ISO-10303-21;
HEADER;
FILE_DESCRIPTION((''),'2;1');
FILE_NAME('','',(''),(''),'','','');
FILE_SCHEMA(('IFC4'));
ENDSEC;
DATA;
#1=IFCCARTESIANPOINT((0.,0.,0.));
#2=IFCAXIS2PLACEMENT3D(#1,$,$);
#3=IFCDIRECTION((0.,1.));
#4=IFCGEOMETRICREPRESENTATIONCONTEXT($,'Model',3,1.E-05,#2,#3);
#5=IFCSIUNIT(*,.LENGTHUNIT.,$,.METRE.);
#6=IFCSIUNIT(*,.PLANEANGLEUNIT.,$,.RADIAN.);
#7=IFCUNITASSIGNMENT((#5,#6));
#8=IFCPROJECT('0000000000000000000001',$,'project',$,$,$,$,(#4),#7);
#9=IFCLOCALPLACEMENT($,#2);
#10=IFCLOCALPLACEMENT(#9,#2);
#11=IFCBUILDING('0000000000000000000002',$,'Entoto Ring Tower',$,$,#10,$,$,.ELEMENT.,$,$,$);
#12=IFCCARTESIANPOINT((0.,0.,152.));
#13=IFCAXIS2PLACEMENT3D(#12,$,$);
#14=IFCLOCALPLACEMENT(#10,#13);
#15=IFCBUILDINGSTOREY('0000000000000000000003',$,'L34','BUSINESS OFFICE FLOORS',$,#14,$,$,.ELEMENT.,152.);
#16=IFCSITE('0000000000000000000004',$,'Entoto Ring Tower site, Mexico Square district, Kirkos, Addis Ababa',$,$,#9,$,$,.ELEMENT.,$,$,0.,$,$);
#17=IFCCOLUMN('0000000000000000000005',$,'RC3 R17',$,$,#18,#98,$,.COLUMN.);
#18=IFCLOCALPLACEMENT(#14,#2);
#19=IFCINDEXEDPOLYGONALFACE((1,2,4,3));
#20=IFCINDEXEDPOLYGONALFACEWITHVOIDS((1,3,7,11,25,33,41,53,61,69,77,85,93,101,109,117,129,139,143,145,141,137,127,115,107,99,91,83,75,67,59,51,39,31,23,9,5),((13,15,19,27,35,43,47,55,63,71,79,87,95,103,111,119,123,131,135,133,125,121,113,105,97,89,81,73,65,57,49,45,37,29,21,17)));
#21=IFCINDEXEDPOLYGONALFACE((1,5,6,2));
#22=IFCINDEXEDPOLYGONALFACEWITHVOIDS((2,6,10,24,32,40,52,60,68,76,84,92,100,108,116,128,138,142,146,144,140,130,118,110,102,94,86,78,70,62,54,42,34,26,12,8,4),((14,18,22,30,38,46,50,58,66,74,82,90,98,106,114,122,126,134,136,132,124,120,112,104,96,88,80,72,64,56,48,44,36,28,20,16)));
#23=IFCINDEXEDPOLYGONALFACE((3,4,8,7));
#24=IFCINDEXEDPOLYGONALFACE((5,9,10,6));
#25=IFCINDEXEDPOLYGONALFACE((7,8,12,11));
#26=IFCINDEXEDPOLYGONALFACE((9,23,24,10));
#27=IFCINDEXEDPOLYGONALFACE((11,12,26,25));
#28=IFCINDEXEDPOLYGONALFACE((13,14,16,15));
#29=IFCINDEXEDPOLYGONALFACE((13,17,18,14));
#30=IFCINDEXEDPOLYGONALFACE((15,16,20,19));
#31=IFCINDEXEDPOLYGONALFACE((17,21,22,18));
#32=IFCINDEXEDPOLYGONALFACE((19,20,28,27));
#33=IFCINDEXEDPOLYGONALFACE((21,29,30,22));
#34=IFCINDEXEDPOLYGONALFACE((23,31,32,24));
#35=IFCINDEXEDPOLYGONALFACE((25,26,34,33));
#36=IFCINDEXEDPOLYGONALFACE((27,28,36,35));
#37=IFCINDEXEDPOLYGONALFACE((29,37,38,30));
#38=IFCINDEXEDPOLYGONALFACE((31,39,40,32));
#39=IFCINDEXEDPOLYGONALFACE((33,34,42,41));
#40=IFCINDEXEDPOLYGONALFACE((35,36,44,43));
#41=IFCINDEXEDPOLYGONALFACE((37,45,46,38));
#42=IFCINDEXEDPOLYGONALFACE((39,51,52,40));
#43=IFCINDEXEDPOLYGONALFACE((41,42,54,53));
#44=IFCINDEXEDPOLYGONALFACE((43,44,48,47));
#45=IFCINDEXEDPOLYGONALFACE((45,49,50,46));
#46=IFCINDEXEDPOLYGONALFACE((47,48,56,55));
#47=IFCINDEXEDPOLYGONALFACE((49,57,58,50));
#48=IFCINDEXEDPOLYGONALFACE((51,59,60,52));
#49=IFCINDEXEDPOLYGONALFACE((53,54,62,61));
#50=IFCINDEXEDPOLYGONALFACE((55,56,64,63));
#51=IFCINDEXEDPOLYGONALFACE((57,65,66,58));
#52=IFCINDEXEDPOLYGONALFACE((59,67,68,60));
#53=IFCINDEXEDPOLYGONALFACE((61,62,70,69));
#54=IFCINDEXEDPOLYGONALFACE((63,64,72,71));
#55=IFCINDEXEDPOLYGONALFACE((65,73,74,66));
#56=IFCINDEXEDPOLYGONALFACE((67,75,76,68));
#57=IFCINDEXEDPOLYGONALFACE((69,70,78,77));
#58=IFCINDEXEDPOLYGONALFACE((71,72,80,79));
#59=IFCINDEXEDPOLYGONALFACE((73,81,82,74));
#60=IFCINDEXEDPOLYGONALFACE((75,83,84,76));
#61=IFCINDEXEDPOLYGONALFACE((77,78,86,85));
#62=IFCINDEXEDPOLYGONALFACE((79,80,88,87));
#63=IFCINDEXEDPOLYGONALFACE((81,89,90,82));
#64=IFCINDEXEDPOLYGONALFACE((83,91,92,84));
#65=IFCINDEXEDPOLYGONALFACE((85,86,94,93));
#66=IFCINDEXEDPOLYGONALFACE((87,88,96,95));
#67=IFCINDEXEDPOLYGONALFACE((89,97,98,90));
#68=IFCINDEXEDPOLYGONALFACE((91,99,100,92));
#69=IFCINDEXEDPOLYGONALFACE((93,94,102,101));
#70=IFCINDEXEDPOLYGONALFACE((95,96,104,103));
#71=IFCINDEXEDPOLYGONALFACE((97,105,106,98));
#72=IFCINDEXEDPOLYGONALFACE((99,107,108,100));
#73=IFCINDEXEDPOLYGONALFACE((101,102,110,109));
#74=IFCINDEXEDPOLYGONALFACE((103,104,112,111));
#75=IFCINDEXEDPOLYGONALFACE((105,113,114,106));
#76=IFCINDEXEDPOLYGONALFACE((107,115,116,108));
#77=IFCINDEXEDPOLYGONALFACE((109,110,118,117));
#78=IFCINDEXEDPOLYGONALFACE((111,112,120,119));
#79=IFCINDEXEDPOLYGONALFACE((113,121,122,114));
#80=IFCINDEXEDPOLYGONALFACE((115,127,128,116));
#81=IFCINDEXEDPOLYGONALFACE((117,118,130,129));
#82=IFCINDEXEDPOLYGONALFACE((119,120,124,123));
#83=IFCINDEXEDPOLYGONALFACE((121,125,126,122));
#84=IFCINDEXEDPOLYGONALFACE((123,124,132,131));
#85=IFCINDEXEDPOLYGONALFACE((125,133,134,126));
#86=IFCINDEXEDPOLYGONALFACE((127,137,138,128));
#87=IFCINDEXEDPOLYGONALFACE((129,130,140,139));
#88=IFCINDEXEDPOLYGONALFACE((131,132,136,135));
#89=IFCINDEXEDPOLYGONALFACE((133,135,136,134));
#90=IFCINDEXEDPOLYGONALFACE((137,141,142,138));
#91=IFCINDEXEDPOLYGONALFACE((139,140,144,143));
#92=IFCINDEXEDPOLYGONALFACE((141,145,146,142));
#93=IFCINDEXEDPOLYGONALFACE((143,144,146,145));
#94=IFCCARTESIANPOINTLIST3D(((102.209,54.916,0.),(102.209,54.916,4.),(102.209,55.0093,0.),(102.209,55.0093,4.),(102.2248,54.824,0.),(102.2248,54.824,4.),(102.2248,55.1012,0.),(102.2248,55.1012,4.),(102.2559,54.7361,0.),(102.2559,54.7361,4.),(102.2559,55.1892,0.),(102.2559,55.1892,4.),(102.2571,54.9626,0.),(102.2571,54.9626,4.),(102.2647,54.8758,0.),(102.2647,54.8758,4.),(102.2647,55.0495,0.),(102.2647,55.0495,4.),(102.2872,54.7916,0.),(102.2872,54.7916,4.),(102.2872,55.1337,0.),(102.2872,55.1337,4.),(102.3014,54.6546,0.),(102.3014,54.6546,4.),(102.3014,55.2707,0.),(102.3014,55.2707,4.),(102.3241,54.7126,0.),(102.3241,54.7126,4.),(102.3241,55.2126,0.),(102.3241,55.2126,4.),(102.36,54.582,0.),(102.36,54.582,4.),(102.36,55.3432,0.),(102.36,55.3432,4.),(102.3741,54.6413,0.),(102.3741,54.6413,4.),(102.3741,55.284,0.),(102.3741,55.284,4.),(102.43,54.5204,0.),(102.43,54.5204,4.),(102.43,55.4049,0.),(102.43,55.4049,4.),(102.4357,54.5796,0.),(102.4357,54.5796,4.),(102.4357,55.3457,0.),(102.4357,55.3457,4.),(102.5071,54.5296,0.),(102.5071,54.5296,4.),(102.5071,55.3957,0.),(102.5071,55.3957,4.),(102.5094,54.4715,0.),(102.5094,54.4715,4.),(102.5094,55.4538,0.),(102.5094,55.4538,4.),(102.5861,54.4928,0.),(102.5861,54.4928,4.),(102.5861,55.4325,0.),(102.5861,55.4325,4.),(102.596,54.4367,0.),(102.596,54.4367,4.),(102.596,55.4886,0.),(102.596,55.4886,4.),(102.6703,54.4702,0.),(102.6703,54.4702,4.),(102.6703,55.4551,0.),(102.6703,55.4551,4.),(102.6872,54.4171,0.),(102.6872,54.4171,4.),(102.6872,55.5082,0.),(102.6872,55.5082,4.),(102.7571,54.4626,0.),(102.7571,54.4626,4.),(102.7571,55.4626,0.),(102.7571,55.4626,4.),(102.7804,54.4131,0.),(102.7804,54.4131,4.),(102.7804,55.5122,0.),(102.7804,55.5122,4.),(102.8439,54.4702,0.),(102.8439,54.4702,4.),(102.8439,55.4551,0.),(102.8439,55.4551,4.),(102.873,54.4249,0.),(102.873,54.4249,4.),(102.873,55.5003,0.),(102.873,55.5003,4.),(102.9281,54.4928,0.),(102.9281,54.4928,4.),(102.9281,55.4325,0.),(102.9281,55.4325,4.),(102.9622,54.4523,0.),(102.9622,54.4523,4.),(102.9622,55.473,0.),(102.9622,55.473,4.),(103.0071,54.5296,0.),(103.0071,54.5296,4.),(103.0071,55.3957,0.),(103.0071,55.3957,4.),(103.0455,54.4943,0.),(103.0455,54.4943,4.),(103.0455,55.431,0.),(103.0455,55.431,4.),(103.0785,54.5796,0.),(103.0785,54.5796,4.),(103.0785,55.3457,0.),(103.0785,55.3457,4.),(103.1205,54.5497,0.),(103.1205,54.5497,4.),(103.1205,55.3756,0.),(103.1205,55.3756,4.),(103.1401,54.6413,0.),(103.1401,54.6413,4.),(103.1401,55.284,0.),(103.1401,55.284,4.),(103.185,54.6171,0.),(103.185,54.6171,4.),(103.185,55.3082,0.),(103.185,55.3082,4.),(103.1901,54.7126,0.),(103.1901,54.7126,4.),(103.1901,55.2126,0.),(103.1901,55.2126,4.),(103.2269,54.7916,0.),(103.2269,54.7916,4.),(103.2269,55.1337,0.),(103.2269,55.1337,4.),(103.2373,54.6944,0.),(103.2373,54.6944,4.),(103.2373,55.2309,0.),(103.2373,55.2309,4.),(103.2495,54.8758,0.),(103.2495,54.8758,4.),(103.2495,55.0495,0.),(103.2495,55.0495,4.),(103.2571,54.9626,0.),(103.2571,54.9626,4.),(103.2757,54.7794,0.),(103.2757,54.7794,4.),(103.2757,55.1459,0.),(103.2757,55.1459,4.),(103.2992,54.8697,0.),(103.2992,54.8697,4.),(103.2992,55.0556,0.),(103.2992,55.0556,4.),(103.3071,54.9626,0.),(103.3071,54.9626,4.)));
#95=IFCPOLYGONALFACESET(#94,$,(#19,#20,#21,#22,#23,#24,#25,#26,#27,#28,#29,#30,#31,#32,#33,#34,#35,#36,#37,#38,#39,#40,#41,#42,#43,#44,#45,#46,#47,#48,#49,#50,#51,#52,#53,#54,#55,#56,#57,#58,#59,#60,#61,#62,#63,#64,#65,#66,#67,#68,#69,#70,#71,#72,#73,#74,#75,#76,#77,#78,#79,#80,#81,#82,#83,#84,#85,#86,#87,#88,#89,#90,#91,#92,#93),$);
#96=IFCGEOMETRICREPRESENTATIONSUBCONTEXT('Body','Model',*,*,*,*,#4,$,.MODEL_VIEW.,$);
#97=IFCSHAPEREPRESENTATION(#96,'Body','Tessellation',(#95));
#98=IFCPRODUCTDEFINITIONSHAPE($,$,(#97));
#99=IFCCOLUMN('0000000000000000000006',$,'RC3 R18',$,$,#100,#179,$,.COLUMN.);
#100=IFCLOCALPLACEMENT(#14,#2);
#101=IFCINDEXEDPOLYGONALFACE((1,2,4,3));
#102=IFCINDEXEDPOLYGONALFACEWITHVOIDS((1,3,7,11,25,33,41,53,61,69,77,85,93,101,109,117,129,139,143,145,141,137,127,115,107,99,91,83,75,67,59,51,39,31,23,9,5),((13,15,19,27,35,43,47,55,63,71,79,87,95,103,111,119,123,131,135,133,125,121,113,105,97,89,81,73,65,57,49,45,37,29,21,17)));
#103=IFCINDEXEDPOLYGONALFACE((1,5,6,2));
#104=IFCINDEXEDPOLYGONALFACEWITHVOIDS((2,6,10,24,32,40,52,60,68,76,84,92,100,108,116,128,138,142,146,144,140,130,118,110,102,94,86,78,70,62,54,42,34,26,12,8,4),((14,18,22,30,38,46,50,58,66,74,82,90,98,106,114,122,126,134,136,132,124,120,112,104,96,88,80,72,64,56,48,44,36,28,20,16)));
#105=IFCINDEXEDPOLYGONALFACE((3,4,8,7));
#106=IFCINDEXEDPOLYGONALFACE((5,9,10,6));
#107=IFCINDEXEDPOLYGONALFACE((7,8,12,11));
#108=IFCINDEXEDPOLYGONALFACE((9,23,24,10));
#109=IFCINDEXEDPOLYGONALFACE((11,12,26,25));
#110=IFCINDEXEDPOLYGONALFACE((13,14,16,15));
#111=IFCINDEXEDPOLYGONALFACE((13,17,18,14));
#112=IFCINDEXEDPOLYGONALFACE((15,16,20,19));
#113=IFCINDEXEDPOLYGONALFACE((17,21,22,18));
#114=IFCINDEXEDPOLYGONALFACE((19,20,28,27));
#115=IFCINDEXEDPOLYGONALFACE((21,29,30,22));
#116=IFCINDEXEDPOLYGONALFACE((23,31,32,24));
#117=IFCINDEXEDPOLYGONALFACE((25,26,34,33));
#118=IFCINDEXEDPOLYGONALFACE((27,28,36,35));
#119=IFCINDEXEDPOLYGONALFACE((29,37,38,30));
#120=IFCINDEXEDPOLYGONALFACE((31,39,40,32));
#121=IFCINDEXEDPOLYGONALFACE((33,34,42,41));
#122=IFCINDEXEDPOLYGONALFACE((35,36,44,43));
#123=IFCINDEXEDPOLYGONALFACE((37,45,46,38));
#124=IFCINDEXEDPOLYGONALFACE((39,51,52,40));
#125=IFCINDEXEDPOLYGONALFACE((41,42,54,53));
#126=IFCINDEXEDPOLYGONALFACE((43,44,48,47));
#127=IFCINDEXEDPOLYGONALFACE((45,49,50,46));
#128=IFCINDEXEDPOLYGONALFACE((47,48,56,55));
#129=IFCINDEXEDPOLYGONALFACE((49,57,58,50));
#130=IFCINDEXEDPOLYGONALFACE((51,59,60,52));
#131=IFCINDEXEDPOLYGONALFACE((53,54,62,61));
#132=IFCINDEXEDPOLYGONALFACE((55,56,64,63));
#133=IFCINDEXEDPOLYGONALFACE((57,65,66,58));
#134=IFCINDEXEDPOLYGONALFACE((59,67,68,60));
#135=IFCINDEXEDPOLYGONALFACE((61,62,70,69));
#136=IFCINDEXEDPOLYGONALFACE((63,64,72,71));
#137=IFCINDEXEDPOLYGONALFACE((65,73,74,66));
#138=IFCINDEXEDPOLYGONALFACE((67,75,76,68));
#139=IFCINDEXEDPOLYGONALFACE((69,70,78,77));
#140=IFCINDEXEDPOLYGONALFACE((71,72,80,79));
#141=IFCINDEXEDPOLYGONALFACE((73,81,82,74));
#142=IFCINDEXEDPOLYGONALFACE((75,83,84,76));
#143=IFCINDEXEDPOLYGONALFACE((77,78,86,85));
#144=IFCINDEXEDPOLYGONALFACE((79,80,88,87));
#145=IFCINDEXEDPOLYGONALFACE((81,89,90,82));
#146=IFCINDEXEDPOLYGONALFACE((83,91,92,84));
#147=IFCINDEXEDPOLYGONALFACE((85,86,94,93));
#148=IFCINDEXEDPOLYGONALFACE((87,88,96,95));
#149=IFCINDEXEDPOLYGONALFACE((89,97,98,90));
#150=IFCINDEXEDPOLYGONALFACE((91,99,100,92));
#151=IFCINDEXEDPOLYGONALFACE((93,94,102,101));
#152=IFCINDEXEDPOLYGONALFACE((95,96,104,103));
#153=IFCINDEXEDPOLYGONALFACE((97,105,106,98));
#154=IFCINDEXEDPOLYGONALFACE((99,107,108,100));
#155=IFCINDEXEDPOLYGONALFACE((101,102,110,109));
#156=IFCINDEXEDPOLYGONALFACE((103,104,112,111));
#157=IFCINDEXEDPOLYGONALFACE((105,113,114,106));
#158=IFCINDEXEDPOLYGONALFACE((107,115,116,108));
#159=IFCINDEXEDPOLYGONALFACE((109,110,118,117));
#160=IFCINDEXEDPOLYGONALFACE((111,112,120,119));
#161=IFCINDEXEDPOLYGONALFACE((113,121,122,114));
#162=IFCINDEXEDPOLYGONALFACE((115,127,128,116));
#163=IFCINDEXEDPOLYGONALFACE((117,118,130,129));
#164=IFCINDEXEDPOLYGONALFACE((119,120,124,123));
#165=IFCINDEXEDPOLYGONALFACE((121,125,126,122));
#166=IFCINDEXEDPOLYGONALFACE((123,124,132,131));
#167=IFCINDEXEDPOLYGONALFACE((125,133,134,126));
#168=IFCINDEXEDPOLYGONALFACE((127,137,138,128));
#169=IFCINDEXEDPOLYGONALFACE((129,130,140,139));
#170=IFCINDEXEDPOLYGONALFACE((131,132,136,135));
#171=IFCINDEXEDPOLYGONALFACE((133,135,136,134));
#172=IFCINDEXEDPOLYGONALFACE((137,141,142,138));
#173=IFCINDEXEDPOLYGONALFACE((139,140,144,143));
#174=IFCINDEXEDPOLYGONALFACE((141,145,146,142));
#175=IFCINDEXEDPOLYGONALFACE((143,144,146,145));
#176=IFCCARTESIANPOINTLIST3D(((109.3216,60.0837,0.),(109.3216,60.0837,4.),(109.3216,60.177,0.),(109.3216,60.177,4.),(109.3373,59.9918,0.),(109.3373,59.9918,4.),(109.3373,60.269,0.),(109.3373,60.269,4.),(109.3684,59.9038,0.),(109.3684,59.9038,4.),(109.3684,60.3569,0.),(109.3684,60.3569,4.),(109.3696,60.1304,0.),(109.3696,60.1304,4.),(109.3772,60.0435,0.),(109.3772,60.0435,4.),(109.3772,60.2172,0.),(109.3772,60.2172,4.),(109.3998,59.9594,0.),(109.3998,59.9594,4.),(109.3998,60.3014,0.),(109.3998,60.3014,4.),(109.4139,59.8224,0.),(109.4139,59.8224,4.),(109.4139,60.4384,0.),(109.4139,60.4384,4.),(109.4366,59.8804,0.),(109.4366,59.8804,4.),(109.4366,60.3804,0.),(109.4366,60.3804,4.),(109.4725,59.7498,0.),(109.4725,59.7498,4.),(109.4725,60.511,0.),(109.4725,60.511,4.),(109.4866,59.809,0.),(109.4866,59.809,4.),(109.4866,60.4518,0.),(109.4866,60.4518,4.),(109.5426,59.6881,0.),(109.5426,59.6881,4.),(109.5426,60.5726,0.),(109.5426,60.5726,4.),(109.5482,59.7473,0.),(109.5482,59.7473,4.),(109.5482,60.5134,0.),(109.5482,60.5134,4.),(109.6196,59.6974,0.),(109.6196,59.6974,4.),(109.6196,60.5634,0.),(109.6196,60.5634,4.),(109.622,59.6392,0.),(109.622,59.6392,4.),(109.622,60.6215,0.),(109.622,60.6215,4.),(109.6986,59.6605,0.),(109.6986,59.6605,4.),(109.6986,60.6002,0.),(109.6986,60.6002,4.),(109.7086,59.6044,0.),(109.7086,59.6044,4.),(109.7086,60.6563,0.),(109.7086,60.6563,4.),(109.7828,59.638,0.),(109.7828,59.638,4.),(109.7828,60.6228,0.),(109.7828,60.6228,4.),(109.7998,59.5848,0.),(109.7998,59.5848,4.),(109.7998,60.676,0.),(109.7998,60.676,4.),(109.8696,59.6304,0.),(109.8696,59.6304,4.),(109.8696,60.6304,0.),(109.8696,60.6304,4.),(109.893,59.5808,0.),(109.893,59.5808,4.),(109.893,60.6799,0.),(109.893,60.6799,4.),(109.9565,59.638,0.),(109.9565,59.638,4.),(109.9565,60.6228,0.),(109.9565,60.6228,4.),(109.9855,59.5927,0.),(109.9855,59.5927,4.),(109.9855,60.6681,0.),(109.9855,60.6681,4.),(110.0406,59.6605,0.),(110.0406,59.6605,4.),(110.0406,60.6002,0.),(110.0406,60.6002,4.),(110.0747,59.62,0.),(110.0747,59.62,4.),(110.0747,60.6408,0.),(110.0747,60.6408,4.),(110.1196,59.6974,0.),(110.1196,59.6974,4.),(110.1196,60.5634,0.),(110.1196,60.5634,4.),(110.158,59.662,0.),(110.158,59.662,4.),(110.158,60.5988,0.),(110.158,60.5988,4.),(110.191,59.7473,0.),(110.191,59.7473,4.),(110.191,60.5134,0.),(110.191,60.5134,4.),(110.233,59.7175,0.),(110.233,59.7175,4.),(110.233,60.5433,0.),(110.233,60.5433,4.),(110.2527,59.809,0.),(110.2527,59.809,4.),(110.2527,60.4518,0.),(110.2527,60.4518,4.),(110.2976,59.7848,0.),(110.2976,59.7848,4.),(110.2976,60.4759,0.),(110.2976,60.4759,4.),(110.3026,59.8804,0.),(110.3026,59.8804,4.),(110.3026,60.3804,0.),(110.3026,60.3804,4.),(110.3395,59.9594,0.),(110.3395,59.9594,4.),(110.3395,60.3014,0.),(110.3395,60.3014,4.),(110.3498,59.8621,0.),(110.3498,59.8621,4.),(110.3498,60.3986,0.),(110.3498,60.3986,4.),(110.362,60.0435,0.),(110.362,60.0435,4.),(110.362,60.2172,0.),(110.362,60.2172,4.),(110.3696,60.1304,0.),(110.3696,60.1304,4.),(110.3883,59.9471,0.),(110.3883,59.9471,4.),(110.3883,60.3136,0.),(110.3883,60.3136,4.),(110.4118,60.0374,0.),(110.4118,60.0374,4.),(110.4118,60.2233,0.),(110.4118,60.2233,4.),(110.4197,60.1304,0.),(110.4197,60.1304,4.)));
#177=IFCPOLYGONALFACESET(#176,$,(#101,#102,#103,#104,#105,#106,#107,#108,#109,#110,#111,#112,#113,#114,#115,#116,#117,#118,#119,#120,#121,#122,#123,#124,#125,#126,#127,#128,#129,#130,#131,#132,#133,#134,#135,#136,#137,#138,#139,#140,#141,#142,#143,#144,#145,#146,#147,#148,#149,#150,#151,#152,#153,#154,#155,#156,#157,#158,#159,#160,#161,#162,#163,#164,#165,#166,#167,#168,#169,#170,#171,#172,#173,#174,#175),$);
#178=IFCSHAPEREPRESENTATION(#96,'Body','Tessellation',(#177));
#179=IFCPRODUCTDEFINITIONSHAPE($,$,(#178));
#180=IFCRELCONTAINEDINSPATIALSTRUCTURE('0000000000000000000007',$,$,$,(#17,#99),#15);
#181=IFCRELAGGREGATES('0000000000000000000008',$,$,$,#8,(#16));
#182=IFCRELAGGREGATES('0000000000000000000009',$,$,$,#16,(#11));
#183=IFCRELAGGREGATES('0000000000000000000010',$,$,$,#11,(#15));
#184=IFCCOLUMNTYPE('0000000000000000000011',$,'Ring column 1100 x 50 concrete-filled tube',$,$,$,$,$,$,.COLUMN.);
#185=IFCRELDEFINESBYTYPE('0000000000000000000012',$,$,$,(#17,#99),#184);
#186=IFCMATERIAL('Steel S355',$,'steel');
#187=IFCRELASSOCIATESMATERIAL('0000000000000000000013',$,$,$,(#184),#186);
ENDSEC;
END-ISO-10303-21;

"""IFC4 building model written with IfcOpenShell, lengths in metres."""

from ifc_helpers import new_model, si_unit, direction, frame, origin, origin_2d, place, context, subcontext, project, spatial, circle, hollow_circle, extrude, material, material_profile, profile_set, type_object, element, save


model = new_model("IFC4")

# Units and contexts
model_context = context("Model", 3, precision=1e-05, world=origin(), true_north=direction((0.0, 1.0)))
body_context = subcontext(model_context, "Body", "Model", "MODEL_VIEW")
ifc_project = project(units=[si_unit("LENGTHUNIT", "METRE"), si_unit("PLANEANGLEUNIT", "RADIAN")], contexts=[model_context])

# Site, building, storey
site_placement = place(None, origin())
site = spatial("IfcSite", under=ifc_project, at=site_placement, Name="Entoto Ring Tower site, Mexico Square district, Kirkos, Addis Ababa", CompositionType="ELEMENT", RefElevation=0.0)
building_placement = place(site_placement, origin())
building = spatial("IfcBuilding", under=site, at=building_placement, Name="Entoto Ring Tower", CompositionType="ELEMENT")
storey_placement = place(building_placement, frame((0.0, 0.0, 152.0)))
storey = spatial("IfcBuildingStorey", under=building, at=storey_placement, Name="L34", Description="BUSINESS OFFICE FLOORS", CompositionType="ELEMENT", Elevation=152.0)

# Columns
ifc_material_1 = material(Name="Steel S355", Category="steel")
ifc_material_profile_1 = material_profile(ifc_material_1, hollow_circle(Radius=0.55, WallThickness=0.05, at=origin_2d()), Name="CHS 1100 x 50")
ifc_material_2 = material(Name="Concrete C60/75", Category="concrete")
ifc_material_profile_2 = material_profile(ifc_material_2, circle(Radius=0.5, at=origin_2d()), Name="Concrete C60/75 infill")
ifc_profile_set_1 = profile_set([ifc_material_profile_1, ifc_material_profile_2], Name="Steel S355")
column_type = type_object("IfcColumnType", Name="Ring column 1100 x 50 concrete-filled tube", PredefinedType="COLUMN", material=ifc_profile_set_1)
for number, where, z_axis, x_axis, name in (
    (1, (102.7571, 54.9626, 0.0), (0.0, 0.0, 1.0), (1.0, 0.0, 0.0), "RC3 R17"),
    (2, (109.8696, 60.1304, 0.0), (0.0, 0.0, 1.0), (1.0, 0.0, 0.0), "RC3 R18"),
):
    element("IfcColumn", number, at=place(storey_placement, frame(where, z_axis=z_axis, x_axis=x_axis)), inside=storey, type_object=column_type, Name=name, PredefinedType="COLUMN", context=body_context, shape_type="SweptSolid", body=[
        extrude(hollow_circle(Radius=0.55, WallThickness=0.05, at=origin_2d()), origin(), (0.0, 0.0, 1.0), 4.0),
    ])

save(model, "model.ifc")
